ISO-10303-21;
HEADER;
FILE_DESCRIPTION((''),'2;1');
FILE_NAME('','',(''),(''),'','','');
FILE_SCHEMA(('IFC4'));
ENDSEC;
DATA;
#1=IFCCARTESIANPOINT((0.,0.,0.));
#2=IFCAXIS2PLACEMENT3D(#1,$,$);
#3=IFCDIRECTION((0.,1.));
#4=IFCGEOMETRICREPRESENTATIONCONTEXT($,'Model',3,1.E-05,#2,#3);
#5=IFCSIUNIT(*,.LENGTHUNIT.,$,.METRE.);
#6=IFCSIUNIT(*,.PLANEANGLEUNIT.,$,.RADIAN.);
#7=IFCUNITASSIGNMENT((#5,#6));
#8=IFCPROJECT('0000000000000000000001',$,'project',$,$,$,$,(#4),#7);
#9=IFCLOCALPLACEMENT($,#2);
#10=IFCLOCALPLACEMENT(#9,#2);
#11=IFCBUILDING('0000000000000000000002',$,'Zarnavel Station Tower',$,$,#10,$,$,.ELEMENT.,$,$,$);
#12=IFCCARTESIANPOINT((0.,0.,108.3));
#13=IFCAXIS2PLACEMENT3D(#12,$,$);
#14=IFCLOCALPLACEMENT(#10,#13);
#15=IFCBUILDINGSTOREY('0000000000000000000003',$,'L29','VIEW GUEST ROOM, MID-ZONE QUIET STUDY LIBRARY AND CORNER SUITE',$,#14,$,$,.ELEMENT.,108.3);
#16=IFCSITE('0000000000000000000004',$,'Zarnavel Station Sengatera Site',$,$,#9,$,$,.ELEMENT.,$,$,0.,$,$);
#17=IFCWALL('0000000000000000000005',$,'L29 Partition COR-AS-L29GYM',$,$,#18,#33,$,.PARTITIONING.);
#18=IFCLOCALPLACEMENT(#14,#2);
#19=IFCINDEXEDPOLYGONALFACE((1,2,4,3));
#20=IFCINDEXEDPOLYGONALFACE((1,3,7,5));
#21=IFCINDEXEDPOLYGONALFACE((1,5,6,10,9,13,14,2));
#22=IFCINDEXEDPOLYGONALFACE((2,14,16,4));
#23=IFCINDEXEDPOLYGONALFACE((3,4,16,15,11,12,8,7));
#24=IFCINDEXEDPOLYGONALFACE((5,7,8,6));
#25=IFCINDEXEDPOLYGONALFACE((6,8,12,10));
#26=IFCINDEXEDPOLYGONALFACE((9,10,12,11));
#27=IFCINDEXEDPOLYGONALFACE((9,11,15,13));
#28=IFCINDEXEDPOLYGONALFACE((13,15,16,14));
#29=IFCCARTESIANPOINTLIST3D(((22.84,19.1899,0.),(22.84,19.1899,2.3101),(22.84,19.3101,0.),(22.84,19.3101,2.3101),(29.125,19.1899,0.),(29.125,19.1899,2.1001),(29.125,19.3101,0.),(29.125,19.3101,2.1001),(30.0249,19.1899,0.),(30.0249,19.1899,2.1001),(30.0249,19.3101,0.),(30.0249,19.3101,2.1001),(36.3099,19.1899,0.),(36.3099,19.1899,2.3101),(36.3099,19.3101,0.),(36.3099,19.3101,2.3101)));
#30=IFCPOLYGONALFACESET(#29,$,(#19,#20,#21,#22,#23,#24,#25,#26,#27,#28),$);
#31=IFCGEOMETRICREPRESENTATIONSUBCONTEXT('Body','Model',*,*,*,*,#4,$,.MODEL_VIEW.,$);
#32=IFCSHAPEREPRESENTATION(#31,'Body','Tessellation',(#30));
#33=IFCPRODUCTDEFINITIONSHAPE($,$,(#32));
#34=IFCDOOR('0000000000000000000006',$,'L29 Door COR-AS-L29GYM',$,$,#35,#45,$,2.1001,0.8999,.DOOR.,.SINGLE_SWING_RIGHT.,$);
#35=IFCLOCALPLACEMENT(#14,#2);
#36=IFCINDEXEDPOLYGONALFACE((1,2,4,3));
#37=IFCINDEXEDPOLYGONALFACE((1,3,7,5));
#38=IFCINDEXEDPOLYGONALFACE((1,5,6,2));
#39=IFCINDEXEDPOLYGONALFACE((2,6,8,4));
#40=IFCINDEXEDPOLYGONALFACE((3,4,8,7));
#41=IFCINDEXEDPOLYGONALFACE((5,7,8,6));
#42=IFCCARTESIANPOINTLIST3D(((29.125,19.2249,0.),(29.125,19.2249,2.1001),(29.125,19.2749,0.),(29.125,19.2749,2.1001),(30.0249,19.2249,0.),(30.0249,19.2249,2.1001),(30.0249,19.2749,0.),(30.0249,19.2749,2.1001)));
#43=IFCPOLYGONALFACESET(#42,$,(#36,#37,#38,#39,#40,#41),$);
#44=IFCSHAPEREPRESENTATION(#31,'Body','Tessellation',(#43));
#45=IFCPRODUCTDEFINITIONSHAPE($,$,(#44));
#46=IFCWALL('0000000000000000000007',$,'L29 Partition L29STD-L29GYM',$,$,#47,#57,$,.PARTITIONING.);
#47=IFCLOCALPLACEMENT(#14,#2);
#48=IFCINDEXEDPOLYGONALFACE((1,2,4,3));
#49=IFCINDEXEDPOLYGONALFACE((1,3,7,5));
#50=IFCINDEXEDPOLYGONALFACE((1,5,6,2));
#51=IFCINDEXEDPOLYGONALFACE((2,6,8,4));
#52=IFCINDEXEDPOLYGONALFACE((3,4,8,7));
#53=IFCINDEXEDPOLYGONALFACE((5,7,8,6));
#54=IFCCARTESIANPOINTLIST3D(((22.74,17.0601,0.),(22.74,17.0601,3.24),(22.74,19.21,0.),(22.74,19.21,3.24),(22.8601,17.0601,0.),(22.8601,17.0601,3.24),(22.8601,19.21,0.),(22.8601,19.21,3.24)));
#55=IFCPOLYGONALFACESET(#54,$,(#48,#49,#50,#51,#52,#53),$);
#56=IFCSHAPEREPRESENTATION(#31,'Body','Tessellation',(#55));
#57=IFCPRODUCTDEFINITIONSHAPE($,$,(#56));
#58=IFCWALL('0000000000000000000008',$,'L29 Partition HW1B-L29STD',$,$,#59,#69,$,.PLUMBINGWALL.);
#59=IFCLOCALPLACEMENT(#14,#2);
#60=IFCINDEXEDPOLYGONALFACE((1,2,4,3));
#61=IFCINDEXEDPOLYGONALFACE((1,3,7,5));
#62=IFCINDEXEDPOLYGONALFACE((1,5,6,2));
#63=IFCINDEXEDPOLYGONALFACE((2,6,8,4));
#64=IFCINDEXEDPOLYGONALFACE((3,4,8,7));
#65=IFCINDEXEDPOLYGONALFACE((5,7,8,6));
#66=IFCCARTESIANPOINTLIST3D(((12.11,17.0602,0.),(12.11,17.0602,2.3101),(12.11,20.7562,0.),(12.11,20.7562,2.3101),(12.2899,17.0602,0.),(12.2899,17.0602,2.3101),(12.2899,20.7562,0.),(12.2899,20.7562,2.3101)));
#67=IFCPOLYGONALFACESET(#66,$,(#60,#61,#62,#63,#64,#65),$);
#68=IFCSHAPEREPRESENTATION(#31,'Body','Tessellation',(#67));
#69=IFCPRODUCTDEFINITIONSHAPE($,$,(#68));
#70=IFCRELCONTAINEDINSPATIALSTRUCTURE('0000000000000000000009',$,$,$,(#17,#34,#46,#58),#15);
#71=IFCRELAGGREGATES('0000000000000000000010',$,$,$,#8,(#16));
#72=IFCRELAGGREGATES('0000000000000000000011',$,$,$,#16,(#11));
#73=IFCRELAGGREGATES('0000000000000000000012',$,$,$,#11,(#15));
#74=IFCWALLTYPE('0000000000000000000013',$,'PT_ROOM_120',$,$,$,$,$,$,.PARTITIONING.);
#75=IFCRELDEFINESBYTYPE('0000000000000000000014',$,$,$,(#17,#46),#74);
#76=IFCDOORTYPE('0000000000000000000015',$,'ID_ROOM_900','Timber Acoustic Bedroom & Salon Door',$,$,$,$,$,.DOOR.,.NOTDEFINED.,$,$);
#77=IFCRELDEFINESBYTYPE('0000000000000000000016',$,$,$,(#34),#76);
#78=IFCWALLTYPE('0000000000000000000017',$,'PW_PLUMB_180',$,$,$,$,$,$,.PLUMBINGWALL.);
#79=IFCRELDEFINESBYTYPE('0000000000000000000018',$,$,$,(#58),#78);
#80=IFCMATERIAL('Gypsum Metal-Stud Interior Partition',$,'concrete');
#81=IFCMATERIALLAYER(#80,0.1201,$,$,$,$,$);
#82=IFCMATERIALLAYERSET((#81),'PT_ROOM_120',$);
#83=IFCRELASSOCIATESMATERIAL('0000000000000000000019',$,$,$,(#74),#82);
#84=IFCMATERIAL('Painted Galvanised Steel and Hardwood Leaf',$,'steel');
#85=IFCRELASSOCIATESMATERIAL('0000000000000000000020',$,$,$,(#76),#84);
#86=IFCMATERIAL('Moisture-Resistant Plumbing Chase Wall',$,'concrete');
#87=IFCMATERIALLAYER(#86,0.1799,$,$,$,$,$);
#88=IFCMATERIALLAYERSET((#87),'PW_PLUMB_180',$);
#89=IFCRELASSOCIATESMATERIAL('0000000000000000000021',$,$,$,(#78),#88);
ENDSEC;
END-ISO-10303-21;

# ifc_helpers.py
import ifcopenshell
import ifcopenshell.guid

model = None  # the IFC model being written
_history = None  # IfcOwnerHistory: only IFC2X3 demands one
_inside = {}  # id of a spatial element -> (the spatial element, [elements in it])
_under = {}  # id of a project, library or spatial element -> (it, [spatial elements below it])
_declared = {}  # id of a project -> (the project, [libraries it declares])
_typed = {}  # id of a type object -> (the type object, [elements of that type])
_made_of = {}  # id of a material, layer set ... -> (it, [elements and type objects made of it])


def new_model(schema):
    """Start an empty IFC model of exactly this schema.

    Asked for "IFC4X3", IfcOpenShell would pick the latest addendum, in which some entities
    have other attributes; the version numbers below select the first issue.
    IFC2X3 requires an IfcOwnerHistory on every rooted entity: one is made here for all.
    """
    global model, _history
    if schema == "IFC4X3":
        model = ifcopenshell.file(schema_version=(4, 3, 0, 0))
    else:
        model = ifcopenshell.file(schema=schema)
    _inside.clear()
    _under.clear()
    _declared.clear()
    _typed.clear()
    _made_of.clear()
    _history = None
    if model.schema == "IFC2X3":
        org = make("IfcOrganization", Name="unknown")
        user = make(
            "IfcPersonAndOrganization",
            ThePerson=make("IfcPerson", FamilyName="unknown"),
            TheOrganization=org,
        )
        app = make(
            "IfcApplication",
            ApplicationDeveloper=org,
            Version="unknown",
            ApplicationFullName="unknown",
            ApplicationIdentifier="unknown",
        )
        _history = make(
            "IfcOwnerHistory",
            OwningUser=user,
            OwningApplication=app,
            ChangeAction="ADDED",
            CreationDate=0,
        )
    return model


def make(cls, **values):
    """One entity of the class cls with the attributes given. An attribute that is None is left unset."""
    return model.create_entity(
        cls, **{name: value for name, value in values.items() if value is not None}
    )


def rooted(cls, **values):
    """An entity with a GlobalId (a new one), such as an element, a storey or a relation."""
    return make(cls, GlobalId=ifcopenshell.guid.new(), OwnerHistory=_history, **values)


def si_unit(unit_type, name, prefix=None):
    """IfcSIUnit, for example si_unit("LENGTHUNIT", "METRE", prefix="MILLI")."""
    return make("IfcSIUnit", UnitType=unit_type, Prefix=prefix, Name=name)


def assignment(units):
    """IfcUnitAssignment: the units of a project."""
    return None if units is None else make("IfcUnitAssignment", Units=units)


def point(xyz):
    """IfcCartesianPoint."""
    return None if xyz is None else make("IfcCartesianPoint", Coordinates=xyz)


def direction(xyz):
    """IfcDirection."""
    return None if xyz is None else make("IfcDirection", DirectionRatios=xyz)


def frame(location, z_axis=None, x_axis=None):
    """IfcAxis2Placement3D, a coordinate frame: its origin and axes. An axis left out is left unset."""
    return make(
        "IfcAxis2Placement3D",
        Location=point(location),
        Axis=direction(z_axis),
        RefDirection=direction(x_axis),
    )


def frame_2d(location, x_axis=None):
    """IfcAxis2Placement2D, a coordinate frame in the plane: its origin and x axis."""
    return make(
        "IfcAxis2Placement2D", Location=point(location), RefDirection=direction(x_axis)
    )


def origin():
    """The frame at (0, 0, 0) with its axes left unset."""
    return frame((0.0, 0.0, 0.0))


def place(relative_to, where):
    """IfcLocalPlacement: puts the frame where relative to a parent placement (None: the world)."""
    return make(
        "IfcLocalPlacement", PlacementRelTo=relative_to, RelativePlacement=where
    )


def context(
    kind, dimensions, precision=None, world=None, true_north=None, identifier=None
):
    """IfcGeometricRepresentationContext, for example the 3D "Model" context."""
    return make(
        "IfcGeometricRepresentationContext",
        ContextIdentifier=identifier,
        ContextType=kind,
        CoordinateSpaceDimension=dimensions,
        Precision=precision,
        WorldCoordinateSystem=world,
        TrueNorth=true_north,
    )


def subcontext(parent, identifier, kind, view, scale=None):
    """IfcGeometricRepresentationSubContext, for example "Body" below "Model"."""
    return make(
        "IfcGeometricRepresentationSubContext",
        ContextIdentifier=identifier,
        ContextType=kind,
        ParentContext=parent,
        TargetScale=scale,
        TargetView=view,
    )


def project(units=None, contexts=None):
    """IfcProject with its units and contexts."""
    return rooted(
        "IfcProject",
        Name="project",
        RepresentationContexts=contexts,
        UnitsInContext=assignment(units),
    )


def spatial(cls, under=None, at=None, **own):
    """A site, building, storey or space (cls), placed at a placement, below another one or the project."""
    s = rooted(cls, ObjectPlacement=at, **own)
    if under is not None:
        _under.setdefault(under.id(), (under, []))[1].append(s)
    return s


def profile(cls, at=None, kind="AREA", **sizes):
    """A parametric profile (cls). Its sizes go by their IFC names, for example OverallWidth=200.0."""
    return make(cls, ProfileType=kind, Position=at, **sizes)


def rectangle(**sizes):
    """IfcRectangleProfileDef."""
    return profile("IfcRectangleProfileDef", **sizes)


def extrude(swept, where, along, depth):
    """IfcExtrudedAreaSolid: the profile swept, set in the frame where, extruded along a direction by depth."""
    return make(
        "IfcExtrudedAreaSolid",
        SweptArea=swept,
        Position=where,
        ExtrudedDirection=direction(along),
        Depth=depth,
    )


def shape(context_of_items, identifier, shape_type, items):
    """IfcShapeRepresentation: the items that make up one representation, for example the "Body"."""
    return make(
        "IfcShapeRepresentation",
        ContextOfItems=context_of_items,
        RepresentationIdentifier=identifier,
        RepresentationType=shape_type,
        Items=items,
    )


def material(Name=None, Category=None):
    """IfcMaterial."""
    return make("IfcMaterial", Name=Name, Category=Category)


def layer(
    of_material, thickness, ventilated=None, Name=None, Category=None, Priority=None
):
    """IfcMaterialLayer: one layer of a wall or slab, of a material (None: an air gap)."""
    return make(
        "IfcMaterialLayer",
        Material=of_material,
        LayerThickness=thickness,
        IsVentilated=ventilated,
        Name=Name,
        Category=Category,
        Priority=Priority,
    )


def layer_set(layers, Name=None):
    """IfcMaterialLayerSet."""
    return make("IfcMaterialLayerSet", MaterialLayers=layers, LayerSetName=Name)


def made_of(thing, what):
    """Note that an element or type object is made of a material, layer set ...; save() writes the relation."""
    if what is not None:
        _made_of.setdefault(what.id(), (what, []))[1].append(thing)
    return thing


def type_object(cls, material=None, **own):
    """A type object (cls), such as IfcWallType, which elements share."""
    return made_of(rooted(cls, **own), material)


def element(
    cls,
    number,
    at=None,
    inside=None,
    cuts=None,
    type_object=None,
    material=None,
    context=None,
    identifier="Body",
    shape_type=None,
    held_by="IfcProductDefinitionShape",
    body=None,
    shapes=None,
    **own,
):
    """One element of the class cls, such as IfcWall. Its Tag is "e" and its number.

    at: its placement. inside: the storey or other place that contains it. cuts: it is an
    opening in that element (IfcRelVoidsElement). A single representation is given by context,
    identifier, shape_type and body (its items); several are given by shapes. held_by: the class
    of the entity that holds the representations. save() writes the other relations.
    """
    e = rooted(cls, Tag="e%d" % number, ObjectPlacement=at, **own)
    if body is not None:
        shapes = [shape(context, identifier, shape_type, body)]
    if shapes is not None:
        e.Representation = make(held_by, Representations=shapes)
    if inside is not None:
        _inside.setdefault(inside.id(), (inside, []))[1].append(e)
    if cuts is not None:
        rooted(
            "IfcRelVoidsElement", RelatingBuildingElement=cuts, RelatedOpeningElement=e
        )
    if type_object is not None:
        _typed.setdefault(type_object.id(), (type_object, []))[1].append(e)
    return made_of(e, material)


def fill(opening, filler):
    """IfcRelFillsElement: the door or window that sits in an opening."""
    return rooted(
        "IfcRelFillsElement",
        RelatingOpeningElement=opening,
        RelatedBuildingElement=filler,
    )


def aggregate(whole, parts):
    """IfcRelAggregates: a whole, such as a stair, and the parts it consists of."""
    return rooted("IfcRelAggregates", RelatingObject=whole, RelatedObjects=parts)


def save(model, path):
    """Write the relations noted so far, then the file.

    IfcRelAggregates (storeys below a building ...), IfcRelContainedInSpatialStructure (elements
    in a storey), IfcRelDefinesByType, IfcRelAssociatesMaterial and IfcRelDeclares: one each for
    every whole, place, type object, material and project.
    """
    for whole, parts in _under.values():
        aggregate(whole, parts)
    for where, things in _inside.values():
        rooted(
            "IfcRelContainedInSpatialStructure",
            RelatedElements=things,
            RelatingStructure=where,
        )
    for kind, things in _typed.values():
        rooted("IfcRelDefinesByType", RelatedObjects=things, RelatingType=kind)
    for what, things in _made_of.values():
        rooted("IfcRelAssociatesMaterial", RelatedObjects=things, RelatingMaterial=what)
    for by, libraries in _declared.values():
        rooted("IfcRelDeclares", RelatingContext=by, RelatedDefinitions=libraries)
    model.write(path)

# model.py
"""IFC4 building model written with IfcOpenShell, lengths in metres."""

from ifc_helpers import new_model, si_unit, direction, frame, frame_2d, origin, place, context, subcontext, project, spatial, rectangle, extrude, material, layer, layer_set, type_object, element, fill, save


model = new_model("IFC4")

# Units and contexts
model_context = context("Model", 3, precision=1e-05, world=origin(), true_north=direction((0.0, 1.0)))
body_context = subcontext(model_context, "Body", "Model", "MODEL_VIEW")
ifc_project = project(units=[si_unit("LENGTHUNIT", "METRE"), si_unit("PLANEANGLEUNIT", "RADIAN")], contexts=[model_context])

# Site, building, storey
site_placement = place(None, origin())
site = spatial("IfcSite", under=ifc_project, at=site_placement, Name="Zarnavel Station Sengatera Site", CompositionType="ELEMENT", RefElevation=0.0)
building_placement = place(site_placement, origin())
building = spatial("IfcBuilding", under=site, at=building_placement, Name="Zarnavel Station Tower", CompositionType="ELEMENT")
storey_placement = place(building_placement, frame((0.0, 0.0, 108.3)))
storey = spatial("IfcBuildingStorey", under=building, at=storey_placement, Name="L29", Description="VIEW GUEST ROOM, MID-ZONE QUIET STUDY LIBRARY AND CORNER SUITE", CompositionType="ELEMENT", Elevation=108.3)

# Wall, opening, door
ifc_material_1 = material(Name="Gypsum Metal-Stud Interior Partition", Category="concrete")
ifc_layer_1 = layer(ifc_material_1, 0.1201)
ifc_layer_set_1 = layer_set([ifc_layer_1], Name="PT_ROOM_120")
wall_type_1 = type_object("IfcWallType", Name="PT_ROOM_120", PredefinedType="PARTITIONING", material=ifc_layer_set_1)
ifc_material_2 = material(Name="Painted Galvanised Steel and Hardwood Leaf", Category="steel")
door_type = type_object("IfcDoorType", Name="ID_ROOM_900", Description="Timber Acoustic Bedroom & Salon Door", OperationType="NOTDEFINED", PredefinedType="DOOR", material=ifc_material_2)
wall_1_placement = place(storey_placement, frame((22.8401, 19.25, 0.0), z_axis=(0.0, 0.0, 1.0), x_axis=(1.0, 0.0, 0.0)))
wall_1 = element("IfcWall", 1, at=wall_1_placement, inside=storey, type_object=wall_type_1, Name="L29 Partition COR-AS-L29GYM", PredefinedType="PARTITIONING", context=body_context, shape_type="SweptSolid", body=[
    extrude(rectangle(XDim=13.47, YDim=0.1201, at=frame_2d((6.7349, 0.0))), origin(), (0.0, 0.0, 1.0), 2.3101),
])
opening_1_placement = place(wall_1_placement, frame((6.2849, 0.0, 0.0)))
opening_1 = element("IfcOpeningElement", 2, at=opening_1_placement, cuts=wall_1, PredefinedType="OPENING", context=body_context, shape_type="SweptSolid", body=[
    extrude(rectangle(XDim=0.8999, YDim=2.1001, at=frame_2d((0.45, 1.05))), frame((0.0, 0.0701, 0.0), z_axis=(0.0, -1.0, 0.0), x_axis=(1.0, 0.0, 0.0)), (0.0, 0.0, 1.0), 0.1401),
])
door_1_placement = place(opening_1_placement, origin())
door_1 = element("IfcDoor", 3, at=door_1_placement, inside=storey, type_object=door_type, Name="L29 Door COR-AS-L29GYM", OperationType="SINGLE_SWING_RIGHT", OverallHeight=2.1001, OverallWidth=0.8999, PredefinedType="DOOR", context=body_context, shape_type="SweptSolid", body=[
    extrude(rectangle(XDim=0.8999, YDim=2.1001, at=frame_2d((0.45, 1.05))), frame((0.0, 0.0249, 0.0), z_axis=(0.0, -1.0, 0.0), x_axis=(1.0, 0.0, 0.0)), (0.0, 0.0, 1.0), 0.05),
])
fill(opening_1, door_1)

# Walls
wall_2_placement = place(storey_placement, frame((22.8, 17.0601, 0.0), z_axis=(0.0, 0.0, 1.0), x_axis=(0.0, 1.0, 0.0)))
element("IfcWall", 4, at=wall_2_placement, inside=storey, type_object=wall_type_1, Name="L29 Partition L29STD-L29GYM", PredefinedType="PARTITIONING", context=body_context, shape_type="SweptSolid", body=[
    extrude(rectangle(XDim=2.1499, YDim=0.1201, at=frame_2d((1.075, 0.0))), origin(), (0.0, 0.0, 1.0), 3.24),
])
ifc_material_3 = material(Name="Moisture-Resistant Plumbing Chase Wall", Category="concrete")
ifc_layer_2 = layer(ifc_material_3, 0.1799)
ifc_layer_set_2 = layer_set([ifc_layer_2], Name="PW_PLUMB_180")
wall_type_2 = type_object("IfcWallType", Name="PW_PLUMB_180", PredefinedType="PLUMBINGWALL", material=ifc_layer_set_2)
wall_3_placement = place(storey_placement, frame((12.2, 17.0601, 0.0), z_axis=(0.0, 0.0, 1.0), x_axis=(0.0, 1.0, 0.0)))
element("IfcWall", 5, at=wall_3_placement, inside=storey, type_object=wall_type_2, Name="L29 Partition HW1B-L29STD", PredefinedType="PLUMBINGWALL", context=body_context, shape_type="SweptSolid", body=[
    extrude(rectangle(XDim=3.696, YDim=0.1799, at=frame_2d((1.8481, 0.0))), origin(), (0.0, 0.0, 1.0), 2.3101),
])

save(model, "model.ifc")
